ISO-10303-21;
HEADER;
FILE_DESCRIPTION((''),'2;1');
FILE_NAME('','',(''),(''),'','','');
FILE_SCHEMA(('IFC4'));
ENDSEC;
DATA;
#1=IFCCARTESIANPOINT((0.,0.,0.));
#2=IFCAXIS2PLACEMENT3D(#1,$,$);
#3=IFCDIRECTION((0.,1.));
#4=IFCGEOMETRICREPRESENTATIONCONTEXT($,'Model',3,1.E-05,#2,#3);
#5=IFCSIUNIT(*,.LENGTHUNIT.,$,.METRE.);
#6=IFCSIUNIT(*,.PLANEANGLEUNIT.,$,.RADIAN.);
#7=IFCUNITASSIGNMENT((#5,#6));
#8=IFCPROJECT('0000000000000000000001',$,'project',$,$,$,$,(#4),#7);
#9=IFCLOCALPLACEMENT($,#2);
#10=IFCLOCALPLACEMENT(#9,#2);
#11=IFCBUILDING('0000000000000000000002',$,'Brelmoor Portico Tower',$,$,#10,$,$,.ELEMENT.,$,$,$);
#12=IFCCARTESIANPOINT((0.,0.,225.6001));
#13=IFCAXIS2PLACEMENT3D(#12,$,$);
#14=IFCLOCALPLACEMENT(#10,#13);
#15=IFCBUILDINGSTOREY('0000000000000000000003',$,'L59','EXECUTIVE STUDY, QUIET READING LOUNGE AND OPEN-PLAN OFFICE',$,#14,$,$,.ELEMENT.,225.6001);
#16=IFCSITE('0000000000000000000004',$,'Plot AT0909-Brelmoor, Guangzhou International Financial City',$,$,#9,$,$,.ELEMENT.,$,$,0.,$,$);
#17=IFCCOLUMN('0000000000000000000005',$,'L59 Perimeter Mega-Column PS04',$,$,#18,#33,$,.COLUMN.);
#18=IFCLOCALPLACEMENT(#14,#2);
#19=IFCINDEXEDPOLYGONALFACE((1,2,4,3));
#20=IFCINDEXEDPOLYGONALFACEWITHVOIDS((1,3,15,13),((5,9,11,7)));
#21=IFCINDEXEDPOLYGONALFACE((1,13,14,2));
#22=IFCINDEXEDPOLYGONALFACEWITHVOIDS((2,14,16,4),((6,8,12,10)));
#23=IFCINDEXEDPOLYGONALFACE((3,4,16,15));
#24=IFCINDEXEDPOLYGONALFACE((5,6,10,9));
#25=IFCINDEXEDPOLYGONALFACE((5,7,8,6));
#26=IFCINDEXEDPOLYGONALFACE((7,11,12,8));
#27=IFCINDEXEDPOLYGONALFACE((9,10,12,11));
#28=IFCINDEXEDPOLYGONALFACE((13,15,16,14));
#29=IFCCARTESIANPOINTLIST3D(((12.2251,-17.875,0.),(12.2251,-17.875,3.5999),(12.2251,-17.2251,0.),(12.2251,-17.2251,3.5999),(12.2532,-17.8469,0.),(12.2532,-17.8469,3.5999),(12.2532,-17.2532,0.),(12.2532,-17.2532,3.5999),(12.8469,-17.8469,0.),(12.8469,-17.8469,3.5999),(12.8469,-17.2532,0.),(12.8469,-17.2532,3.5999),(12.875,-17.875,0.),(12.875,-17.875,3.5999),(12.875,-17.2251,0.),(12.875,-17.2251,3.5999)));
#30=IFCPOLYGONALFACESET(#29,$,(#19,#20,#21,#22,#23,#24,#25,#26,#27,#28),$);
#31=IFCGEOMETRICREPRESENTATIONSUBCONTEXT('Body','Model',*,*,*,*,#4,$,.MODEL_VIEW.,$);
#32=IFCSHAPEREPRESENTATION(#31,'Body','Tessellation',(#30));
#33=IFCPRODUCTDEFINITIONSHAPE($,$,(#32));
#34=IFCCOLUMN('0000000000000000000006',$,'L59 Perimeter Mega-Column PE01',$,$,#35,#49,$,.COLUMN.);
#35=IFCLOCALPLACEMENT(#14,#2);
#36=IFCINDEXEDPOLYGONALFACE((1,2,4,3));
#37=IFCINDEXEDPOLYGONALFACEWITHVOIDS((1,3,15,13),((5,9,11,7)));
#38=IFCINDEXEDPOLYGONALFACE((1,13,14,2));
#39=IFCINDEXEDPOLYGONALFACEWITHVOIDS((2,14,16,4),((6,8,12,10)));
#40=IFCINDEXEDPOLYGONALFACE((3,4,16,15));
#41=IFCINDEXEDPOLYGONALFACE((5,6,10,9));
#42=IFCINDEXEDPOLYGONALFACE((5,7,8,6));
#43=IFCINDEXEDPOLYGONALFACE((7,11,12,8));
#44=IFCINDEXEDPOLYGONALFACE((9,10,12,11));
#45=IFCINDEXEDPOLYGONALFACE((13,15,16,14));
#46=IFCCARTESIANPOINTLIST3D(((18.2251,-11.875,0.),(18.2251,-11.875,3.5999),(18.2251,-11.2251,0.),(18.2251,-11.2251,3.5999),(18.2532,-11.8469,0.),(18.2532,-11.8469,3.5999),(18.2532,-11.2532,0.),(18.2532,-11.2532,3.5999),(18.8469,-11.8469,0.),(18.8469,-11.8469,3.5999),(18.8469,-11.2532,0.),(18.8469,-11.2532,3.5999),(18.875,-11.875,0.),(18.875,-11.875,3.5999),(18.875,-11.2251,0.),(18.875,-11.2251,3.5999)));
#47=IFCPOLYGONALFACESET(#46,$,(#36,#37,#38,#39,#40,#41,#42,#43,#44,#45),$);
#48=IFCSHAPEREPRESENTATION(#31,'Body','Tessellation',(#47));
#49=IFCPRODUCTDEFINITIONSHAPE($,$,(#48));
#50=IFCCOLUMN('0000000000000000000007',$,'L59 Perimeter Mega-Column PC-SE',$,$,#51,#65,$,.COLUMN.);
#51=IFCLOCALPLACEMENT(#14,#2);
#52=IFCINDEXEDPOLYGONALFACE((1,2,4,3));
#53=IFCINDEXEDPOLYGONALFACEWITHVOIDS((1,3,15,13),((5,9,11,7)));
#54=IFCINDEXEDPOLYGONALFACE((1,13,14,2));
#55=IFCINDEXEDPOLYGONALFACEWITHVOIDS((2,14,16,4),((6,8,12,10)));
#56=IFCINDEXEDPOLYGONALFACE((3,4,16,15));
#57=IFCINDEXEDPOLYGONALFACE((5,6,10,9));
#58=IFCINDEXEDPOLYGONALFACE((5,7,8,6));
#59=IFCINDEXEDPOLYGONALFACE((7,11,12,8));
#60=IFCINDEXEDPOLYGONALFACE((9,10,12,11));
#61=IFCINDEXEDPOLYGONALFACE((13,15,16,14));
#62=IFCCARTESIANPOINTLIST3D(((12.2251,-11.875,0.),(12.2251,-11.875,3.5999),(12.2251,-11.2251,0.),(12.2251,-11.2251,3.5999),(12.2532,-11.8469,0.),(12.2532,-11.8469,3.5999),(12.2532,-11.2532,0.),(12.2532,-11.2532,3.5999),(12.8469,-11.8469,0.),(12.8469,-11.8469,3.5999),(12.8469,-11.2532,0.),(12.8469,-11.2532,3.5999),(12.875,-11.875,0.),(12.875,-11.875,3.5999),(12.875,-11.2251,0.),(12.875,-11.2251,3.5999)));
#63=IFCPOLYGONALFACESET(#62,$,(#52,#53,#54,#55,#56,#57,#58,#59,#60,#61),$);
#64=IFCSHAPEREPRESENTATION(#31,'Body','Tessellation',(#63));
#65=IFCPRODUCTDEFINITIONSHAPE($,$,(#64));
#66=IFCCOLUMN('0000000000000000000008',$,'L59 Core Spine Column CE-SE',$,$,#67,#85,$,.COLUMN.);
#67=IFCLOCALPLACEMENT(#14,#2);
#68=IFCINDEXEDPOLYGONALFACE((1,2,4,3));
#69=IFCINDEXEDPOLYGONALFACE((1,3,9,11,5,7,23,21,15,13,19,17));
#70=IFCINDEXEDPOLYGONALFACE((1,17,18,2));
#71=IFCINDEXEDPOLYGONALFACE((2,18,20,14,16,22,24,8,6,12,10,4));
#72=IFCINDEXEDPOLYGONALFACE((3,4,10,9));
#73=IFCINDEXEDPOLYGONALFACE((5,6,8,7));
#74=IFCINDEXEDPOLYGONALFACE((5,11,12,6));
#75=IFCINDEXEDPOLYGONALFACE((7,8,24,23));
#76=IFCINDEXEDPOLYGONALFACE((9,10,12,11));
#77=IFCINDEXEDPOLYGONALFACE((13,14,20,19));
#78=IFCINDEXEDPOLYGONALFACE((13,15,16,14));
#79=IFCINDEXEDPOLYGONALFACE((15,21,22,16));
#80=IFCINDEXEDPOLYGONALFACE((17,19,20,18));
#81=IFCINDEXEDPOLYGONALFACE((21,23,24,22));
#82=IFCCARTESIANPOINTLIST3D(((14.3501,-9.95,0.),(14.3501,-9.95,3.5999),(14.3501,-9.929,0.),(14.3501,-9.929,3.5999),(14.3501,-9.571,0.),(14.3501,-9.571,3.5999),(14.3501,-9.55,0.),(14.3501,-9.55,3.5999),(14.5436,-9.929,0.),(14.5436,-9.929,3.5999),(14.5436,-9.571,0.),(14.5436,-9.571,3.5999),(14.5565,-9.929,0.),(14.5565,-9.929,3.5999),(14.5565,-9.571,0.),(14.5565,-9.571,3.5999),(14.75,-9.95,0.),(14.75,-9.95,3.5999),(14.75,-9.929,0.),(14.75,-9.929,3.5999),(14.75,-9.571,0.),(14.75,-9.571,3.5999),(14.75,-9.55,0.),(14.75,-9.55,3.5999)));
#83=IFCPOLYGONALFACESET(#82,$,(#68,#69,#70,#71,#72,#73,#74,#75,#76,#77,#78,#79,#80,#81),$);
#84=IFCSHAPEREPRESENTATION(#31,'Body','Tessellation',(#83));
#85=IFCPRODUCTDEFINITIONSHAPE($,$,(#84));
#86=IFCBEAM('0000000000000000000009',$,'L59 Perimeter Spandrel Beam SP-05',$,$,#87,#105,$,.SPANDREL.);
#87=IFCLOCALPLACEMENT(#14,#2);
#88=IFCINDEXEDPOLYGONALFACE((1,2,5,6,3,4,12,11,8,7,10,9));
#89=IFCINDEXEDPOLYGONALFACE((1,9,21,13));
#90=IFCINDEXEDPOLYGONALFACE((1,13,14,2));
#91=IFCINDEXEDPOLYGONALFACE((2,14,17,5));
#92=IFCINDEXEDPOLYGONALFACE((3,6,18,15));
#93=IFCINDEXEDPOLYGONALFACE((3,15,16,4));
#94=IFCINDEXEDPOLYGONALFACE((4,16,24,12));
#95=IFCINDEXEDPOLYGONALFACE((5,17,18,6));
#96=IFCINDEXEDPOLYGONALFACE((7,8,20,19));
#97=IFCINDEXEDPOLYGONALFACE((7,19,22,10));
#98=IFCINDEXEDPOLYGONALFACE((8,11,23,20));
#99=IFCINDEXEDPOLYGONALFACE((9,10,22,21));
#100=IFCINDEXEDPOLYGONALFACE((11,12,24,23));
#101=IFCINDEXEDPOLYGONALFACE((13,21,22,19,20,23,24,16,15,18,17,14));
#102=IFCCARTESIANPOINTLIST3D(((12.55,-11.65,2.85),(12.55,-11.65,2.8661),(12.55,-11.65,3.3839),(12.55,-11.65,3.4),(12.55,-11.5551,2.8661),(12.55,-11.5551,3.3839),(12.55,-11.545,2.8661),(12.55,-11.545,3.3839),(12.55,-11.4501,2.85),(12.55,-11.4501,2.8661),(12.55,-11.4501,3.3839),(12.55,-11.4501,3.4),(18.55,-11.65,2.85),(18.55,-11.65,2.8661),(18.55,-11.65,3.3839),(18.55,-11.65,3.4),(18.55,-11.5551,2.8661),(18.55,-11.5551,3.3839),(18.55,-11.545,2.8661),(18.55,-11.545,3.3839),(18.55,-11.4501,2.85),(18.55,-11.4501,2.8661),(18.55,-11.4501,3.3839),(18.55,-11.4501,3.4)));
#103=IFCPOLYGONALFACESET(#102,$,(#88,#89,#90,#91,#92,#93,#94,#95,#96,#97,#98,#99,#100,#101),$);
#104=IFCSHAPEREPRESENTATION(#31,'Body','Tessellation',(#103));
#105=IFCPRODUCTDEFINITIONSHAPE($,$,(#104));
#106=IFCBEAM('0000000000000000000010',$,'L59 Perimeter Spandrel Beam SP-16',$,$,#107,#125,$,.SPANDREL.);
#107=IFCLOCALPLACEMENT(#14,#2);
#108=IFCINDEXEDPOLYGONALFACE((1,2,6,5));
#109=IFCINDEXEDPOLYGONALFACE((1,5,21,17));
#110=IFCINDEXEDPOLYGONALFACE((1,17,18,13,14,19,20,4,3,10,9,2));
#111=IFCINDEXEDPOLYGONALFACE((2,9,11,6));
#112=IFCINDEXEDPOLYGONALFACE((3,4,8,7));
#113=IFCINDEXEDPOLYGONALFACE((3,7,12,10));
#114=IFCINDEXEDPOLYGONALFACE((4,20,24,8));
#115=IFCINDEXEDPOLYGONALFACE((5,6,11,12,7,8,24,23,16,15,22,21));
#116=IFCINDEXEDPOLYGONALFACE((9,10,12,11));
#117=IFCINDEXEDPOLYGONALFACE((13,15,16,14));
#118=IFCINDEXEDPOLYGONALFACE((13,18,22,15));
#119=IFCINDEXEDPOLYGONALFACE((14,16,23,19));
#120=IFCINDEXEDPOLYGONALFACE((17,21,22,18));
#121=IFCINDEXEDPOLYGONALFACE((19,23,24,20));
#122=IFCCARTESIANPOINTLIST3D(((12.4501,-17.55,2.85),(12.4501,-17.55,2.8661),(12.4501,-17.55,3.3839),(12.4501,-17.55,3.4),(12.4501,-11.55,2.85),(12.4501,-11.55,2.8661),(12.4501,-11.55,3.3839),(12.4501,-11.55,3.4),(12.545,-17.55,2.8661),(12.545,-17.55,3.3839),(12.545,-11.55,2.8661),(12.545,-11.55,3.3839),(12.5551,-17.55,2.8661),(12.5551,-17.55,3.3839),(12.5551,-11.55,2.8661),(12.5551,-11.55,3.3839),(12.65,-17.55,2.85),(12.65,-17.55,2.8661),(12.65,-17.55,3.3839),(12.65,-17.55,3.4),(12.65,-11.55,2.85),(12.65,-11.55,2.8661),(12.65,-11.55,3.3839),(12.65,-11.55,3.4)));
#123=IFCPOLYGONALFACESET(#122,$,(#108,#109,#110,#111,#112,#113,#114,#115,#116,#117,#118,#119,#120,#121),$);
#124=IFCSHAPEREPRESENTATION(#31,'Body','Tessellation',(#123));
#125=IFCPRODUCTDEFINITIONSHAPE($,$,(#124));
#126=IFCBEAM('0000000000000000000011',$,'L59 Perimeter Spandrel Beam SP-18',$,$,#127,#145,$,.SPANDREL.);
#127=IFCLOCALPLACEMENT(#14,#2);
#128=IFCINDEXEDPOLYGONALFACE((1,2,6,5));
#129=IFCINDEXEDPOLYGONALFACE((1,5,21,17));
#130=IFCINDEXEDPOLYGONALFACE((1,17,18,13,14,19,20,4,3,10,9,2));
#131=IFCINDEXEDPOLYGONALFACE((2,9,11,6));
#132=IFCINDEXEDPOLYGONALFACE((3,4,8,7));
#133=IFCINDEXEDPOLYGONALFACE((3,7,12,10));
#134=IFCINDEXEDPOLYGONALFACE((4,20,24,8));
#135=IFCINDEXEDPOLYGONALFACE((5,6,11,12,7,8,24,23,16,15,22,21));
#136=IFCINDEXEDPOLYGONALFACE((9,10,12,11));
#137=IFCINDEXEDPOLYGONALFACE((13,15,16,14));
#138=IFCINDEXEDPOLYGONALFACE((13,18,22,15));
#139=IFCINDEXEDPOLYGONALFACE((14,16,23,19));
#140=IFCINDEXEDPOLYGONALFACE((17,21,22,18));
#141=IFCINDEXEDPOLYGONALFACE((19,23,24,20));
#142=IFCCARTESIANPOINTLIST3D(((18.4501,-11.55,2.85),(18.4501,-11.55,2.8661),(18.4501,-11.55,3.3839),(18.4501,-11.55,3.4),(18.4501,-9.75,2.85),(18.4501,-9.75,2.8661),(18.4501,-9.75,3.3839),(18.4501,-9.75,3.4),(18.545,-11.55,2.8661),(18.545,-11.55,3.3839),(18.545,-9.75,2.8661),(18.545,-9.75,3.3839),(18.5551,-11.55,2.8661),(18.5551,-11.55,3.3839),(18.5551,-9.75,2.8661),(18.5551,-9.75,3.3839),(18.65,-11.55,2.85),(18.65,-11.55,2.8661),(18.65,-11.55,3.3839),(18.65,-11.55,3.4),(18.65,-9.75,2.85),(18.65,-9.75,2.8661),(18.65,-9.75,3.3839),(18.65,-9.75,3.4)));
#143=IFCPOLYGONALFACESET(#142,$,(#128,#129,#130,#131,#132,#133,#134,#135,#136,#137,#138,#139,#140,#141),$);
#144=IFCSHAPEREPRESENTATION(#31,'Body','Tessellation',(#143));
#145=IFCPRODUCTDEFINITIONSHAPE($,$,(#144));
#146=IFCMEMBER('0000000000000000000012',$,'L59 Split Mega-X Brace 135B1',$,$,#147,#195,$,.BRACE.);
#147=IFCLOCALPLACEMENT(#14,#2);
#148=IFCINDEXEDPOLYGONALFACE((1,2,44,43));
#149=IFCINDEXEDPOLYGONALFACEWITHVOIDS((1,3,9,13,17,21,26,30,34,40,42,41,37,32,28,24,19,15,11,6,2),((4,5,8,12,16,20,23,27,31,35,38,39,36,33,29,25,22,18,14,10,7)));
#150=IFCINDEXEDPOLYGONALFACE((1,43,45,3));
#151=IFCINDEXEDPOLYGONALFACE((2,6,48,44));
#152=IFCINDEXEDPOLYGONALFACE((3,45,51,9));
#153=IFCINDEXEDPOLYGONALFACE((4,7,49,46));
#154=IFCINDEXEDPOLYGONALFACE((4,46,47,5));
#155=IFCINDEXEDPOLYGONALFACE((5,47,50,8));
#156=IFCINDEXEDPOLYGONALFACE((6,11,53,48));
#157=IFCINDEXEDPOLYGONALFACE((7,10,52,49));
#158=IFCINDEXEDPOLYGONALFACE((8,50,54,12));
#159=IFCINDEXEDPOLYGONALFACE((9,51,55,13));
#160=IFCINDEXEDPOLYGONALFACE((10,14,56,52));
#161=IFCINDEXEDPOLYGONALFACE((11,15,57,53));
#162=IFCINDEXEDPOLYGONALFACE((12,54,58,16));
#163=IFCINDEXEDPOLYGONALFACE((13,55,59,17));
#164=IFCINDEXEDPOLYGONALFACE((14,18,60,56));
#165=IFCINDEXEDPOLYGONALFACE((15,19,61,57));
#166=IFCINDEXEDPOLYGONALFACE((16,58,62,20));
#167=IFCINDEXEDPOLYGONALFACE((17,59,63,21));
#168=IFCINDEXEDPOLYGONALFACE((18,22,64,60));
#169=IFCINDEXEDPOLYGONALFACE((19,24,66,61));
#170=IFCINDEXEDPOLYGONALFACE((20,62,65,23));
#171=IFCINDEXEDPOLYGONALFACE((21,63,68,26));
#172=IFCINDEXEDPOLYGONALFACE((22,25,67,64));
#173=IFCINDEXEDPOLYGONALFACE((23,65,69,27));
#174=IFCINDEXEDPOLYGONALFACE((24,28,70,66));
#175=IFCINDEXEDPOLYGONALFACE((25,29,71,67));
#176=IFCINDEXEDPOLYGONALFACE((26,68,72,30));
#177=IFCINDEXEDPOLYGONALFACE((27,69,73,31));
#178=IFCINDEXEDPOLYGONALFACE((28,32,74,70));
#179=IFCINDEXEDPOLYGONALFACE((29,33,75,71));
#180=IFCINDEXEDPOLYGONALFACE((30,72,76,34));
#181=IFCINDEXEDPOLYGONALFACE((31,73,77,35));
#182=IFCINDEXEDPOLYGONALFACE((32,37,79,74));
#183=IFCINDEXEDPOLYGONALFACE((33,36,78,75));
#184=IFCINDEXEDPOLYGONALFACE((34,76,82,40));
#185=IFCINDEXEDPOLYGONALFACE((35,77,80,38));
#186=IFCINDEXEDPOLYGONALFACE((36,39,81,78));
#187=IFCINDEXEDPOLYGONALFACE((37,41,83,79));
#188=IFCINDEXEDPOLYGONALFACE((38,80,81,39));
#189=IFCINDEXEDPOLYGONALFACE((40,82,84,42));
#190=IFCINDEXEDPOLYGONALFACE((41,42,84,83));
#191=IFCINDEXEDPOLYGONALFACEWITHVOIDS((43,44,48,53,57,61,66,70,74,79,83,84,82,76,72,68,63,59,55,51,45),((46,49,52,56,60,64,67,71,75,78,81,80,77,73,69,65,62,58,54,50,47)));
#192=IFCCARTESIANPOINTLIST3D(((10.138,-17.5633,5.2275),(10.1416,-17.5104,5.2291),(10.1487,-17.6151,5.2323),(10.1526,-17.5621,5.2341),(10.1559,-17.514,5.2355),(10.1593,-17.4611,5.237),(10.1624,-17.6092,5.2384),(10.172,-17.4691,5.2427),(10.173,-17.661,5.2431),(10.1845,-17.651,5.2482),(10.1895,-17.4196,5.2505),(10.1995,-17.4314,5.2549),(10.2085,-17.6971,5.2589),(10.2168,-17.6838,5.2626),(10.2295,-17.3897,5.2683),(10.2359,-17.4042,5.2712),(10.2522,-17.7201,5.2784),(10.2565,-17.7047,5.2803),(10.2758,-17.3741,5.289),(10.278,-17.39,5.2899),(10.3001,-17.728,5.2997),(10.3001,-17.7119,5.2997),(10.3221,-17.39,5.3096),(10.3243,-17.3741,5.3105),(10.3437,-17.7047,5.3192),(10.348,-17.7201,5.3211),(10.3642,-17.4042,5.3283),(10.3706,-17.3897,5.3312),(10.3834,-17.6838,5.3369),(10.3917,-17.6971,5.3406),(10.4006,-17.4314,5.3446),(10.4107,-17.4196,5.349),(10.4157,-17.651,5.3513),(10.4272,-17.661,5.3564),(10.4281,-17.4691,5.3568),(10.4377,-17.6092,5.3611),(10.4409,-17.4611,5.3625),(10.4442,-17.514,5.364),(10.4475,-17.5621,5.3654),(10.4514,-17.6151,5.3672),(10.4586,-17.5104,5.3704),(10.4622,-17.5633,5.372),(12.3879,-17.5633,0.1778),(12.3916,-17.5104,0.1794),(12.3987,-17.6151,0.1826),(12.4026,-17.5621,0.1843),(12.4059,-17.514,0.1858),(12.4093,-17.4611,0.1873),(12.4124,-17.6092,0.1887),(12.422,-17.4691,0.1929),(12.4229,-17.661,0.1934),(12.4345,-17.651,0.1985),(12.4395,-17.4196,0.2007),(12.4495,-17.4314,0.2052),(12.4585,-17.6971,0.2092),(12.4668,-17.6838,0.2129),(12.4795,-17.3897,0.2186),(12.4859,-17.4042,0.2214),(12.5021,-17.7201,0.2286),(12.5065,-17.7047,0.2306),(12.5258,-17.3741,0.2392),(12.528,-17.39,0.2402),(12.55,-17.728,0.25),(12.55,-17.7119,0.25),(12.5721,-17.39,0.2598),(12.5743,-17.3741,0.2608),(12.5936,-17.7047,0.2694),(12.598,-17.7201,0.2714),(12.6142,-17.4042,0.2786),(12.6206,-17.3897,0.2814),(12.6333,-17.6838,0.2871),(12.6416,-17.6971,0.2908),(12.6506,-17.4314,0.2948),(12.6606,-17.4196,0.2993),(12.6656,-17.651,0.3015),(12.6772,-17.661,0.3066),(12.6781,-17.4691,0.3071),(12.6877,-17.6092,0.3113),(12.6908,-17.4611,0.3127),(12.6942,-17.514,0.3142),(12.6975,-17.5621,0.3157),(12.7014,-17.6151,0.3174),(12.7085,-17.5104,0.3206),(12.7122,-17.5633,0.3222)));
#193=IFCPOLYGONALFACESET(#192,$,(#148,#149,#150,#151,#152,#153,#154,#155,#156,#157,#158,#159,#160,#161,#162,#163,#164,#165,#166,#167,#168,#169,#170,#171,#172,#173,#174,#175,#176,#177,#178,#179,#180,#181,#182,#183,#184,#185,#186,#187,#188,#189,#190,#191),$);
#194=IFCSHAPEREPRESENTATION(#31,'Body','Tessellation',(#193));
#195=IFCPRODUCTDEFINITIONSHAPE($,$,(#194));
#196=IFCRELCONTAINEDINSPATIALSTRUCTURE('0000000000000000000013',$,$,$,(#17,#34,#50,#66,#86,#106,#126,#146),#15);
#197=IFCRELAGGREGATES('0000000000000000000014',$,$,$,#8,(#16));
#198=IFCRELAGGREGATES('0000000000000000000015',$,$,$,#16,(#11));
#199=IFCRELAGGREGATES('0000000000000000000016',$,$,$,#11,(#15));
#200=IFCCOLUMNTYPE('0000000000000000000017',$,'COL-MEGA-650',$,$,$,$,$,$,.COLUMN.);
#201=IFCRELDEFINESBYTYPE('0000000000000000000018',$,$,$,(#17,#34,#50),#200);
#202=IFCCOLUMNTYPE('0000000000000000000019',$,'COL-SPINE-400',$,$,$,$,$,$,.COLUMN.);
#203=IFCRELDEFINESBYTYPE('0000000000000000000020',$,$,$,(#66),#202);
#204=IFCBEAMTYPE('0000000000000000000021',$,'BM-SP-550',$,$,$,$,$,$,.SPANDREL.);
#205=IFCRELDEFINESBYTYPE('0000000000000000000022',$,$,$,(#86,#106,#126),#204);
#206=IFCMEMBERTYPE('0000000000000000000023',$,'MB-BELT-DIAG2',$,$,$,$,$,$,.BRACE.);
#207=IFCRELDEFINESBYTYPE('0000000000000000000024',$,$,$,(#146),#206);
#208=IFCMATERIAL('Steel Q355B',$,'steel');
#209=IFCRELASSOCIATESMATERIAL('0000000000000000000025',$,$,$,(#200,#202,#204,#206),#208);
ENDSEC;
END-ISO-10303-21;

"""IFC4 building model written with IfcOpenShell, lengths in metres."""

from ifc_helpers import new_model, si_unit, direction, frame, origin, origin_2d, place, context, subcontext, project, spatial, hollow_rectangle, hollow_circle, i_section, extrude, material, material_profile, profile_set, type_object, element, save


model = new_model("IFC4")

# Units and contexts
model_context = context("Model", 3, precision=1e-05, world=origin(), true_north=direction((0.0, 1.0)))
body_context = subcontext(model_context, "Body", "Model", "MODEL_VIEW")
ifc_project = project(units=[si_unit("LENGTHUNIT", "METRE"), si_unit("PLANEANGLEUNIT", "RADIAN")], contexts=[model_context])

# Site, building, storey
site_placement = place(None, origin())
site = spatial("IfcSite", under=ifc_project, at=site_placement, Name="Plot AT0909-Brelmoor, Guangzhou International Financial City", CompositionType="ELEMENT", RefElevation=0.0)
building_placement = place(site_placement, origin())
building = spatial("IfcBuilding", under=site, at=building_placement, Name="Brelmoor Portico Tower", CompositionType="ELEMENT")
storey_placement = place(building_placement, frame((0.0, 0.0, 225.6001)))
storey = spatial("IfcBuildingStorey", under=building, at=storey_placement, Name="L59", Description="EXECUTIVE STUDY, QUIET READING LOUNGE AND OPEN-PLAN OFFICE", CompositionType="ELEMENT", Elevation=225.6001)

# Columns
ifc_material_1 = material(Name="Steel Q355B", Category="steel")
ifc_material_profile_1 = material_profile(ifc_material_1, hollow_rectangle(XDim=0.6499, YDim=0.6499, WallThickness=0.0281, at=origin_2d()), Name="BOX 650x650x28")
ifc_profile_set_1 = profile_set([ifc_material_profile_1], Name="Steel Q355B")
column_type_1 = type_object("IfcColumnType", Name="COL-MEGA-650", PredefinedType="COLUMN", material=ifc_profile_set_1)
for number, where, z_axis, x_axis, name in (
    (1, (12.55, -17.55, 0.0), (0.0, 0.0, 1.0), (1.0, 0.0, 0.0), "L59 Perimeter Mega-Column PS04"),
    (2, (18.55, -11.55, 0.0), (0.0, 0.0, 1.0), (0.0, 1.0, 0.0), "L59 Perimeter Mega-Column PE01"),
    (3, (12.55, -11.55, 0.0), (0.0, 0.0, 1.0), (1.0, 0.0, 0.0), "L59 Perimeter Mega-Column PC-SE"),
):
    element("IfcColumn", number, at=place(storey_placement, frame(where, z_axis=z_axis, x_axis=x_axis)), inside=storey, type_object=column_type_1, Name=name, PredefinedType="COLUMN", context=body_context, shape_type="SweptSolid", body=[
        extrude(hollow_rectangle(XDim=0.6499, YDim=0.6499, WallThickness=0.0281, at=origin_2d()), origin(), (0.0, 0.0, 1.0), 3.5999),
    ])
ifc_material_profile_2 = material_profile(ifc_material_1, i_section(OverallWidth=0.3999, OverallDepth=0.3999, WebThickness=0.0129, FlangeThickness=0.021, at=origin_2d()), Name="HW 400x400x13x21")
ifc_profile_set_2 = profile_set([ifc_material_profile_2], Name="Steel Q355B")
column_type_2 = type_object("IfcColumnType", Name="COL-SPINE-400", PredefinedType="COLUMN", material=ifc_profile_set_2)
column_placement = place(storey_placement, frame((14.55, -9.75, 0.0), z_axis=(0.0, 0.0, 1.0), x_axis=(1.0, 0.0, 0.0)))
element("IfcColumn", 4, at=column_placement, inside=storey, type_object=column_type_2, Name="L59 Core Spine Column CE-SE", PredefinedType="COLUMN", context=body_context, shape_type="SweptSolid", body=[
    extrude(i_section(OverallWidth=0.3999, OverallDepth=0.3999, WebThickness=0.0129, FlangeThickness=0.021, at=origin_2d()), origin(), (0.0, 0.0, 1.0), 3.5999),
])

# Beams
ifc_material_profile_3 = material_profile(ifc_material_1, i_section(OverallWidth=0.2, OverallDepth=0.55, WebThickness=0.01, FlangeThickness=0.0161, at=origin_2d()), Name="HN 550x200x10x16")
ifc_profile_set_3 = profile_set([ifc_material_profile_3], Name="Steel Q355B")
beam_type = type_object("IfcBeamType", Name="BM-SP-550", PredefinedType="SPANDREL", material=ifc_profile_set_3)
for number, where, z_axis, x_axis, name in (
    (5, (12.55, -11.55, 3.125), (1.0, 0.0, 0.0), (0.0, 1.0, 0.0), "L59 Perimeter Spandrel Beam SP-05"),
    (6, (12.55, -17.55, 3.125), (0.0, 1.0, 0.0), (-1.0, 0.0, 0.0), "L59 Perimeter Spandrel Beam SP-16"),
):
    element("IfcBeam", number, at=place(storey_placement, frame(where, z_axis=z_axis, x_axis=x_axis)), inside=storey, type_object=beam_type, Name=name, PredefinedType="SPANDREL", context=body_context, shape_type="SweptSolid", body=[
        extrude(i_section(OverallWidth=0.2, OverallDepth=0.55, WebThickness=0.01, FlangeThickness=0.0161, at=origin_2d()), origin(), (0.0, 0.0, 1.0), 6.0),
    ])
beam_placement = place(storey_placement, frame((18.55, -11.55, 3.125), z_axis=(0.0, 1.0, 0.0), x_axis=(-1.0, 0.0, 0.0)))
element("IfcBeam", 7, at=beam_placement, inside=storey, type_object=beam_type, Name="L59 Perimeter Spandrel Beam SP-18", PredefinedType="SPANDREL", context=body_context, shape_type="SweptSolid", body=[
    extrude(i_section(OverallWidth=0.2, OverallDepth=0.55, WebThickness=0.01, FlangeThickness=0.0161, at=origin_2d()), origin(), (0.0, 0.0, 1.0), 1.8),
])

# Member
ifc_material_profile_4 = material_profile(ifc_material_1, hollow_circle(Radius=0.178, WallThickness=0.0161, at=origin_2d()), Name="CHS 356x16")
ifc_profile_set_4 = profile_set([ifc_material_profile_4], Name="Steel Q355B")
member_type_1 = type_object("IfcMemberType", Name="MB-BELT-DIAG2", PredefinedType="BRACE", material=ifc_profile_set_4)
member_1_placement = place(storey_placement, frame((12.55, -17.55, 0.25), z_axis=(-0.406991, 0.0, 0.913432), x_axis=(0.0, -1.0, 0.0)))
element("IfcMember", 8, at=member_1_placement, inside=storey, type_object=member_type_1, Name="L59 Split Mega-X Brace 135B1", PredefinedType="BRACE", context=body_context, shape_type="SweptSolid", body=[
    extrude(hollow_circle(Radius=0.178, WallThickness=0.0161, at=origin_2d()), origin(), (0.0, 0.0, 1.0), 5.5283),
])

save(model, "model.ifc")
